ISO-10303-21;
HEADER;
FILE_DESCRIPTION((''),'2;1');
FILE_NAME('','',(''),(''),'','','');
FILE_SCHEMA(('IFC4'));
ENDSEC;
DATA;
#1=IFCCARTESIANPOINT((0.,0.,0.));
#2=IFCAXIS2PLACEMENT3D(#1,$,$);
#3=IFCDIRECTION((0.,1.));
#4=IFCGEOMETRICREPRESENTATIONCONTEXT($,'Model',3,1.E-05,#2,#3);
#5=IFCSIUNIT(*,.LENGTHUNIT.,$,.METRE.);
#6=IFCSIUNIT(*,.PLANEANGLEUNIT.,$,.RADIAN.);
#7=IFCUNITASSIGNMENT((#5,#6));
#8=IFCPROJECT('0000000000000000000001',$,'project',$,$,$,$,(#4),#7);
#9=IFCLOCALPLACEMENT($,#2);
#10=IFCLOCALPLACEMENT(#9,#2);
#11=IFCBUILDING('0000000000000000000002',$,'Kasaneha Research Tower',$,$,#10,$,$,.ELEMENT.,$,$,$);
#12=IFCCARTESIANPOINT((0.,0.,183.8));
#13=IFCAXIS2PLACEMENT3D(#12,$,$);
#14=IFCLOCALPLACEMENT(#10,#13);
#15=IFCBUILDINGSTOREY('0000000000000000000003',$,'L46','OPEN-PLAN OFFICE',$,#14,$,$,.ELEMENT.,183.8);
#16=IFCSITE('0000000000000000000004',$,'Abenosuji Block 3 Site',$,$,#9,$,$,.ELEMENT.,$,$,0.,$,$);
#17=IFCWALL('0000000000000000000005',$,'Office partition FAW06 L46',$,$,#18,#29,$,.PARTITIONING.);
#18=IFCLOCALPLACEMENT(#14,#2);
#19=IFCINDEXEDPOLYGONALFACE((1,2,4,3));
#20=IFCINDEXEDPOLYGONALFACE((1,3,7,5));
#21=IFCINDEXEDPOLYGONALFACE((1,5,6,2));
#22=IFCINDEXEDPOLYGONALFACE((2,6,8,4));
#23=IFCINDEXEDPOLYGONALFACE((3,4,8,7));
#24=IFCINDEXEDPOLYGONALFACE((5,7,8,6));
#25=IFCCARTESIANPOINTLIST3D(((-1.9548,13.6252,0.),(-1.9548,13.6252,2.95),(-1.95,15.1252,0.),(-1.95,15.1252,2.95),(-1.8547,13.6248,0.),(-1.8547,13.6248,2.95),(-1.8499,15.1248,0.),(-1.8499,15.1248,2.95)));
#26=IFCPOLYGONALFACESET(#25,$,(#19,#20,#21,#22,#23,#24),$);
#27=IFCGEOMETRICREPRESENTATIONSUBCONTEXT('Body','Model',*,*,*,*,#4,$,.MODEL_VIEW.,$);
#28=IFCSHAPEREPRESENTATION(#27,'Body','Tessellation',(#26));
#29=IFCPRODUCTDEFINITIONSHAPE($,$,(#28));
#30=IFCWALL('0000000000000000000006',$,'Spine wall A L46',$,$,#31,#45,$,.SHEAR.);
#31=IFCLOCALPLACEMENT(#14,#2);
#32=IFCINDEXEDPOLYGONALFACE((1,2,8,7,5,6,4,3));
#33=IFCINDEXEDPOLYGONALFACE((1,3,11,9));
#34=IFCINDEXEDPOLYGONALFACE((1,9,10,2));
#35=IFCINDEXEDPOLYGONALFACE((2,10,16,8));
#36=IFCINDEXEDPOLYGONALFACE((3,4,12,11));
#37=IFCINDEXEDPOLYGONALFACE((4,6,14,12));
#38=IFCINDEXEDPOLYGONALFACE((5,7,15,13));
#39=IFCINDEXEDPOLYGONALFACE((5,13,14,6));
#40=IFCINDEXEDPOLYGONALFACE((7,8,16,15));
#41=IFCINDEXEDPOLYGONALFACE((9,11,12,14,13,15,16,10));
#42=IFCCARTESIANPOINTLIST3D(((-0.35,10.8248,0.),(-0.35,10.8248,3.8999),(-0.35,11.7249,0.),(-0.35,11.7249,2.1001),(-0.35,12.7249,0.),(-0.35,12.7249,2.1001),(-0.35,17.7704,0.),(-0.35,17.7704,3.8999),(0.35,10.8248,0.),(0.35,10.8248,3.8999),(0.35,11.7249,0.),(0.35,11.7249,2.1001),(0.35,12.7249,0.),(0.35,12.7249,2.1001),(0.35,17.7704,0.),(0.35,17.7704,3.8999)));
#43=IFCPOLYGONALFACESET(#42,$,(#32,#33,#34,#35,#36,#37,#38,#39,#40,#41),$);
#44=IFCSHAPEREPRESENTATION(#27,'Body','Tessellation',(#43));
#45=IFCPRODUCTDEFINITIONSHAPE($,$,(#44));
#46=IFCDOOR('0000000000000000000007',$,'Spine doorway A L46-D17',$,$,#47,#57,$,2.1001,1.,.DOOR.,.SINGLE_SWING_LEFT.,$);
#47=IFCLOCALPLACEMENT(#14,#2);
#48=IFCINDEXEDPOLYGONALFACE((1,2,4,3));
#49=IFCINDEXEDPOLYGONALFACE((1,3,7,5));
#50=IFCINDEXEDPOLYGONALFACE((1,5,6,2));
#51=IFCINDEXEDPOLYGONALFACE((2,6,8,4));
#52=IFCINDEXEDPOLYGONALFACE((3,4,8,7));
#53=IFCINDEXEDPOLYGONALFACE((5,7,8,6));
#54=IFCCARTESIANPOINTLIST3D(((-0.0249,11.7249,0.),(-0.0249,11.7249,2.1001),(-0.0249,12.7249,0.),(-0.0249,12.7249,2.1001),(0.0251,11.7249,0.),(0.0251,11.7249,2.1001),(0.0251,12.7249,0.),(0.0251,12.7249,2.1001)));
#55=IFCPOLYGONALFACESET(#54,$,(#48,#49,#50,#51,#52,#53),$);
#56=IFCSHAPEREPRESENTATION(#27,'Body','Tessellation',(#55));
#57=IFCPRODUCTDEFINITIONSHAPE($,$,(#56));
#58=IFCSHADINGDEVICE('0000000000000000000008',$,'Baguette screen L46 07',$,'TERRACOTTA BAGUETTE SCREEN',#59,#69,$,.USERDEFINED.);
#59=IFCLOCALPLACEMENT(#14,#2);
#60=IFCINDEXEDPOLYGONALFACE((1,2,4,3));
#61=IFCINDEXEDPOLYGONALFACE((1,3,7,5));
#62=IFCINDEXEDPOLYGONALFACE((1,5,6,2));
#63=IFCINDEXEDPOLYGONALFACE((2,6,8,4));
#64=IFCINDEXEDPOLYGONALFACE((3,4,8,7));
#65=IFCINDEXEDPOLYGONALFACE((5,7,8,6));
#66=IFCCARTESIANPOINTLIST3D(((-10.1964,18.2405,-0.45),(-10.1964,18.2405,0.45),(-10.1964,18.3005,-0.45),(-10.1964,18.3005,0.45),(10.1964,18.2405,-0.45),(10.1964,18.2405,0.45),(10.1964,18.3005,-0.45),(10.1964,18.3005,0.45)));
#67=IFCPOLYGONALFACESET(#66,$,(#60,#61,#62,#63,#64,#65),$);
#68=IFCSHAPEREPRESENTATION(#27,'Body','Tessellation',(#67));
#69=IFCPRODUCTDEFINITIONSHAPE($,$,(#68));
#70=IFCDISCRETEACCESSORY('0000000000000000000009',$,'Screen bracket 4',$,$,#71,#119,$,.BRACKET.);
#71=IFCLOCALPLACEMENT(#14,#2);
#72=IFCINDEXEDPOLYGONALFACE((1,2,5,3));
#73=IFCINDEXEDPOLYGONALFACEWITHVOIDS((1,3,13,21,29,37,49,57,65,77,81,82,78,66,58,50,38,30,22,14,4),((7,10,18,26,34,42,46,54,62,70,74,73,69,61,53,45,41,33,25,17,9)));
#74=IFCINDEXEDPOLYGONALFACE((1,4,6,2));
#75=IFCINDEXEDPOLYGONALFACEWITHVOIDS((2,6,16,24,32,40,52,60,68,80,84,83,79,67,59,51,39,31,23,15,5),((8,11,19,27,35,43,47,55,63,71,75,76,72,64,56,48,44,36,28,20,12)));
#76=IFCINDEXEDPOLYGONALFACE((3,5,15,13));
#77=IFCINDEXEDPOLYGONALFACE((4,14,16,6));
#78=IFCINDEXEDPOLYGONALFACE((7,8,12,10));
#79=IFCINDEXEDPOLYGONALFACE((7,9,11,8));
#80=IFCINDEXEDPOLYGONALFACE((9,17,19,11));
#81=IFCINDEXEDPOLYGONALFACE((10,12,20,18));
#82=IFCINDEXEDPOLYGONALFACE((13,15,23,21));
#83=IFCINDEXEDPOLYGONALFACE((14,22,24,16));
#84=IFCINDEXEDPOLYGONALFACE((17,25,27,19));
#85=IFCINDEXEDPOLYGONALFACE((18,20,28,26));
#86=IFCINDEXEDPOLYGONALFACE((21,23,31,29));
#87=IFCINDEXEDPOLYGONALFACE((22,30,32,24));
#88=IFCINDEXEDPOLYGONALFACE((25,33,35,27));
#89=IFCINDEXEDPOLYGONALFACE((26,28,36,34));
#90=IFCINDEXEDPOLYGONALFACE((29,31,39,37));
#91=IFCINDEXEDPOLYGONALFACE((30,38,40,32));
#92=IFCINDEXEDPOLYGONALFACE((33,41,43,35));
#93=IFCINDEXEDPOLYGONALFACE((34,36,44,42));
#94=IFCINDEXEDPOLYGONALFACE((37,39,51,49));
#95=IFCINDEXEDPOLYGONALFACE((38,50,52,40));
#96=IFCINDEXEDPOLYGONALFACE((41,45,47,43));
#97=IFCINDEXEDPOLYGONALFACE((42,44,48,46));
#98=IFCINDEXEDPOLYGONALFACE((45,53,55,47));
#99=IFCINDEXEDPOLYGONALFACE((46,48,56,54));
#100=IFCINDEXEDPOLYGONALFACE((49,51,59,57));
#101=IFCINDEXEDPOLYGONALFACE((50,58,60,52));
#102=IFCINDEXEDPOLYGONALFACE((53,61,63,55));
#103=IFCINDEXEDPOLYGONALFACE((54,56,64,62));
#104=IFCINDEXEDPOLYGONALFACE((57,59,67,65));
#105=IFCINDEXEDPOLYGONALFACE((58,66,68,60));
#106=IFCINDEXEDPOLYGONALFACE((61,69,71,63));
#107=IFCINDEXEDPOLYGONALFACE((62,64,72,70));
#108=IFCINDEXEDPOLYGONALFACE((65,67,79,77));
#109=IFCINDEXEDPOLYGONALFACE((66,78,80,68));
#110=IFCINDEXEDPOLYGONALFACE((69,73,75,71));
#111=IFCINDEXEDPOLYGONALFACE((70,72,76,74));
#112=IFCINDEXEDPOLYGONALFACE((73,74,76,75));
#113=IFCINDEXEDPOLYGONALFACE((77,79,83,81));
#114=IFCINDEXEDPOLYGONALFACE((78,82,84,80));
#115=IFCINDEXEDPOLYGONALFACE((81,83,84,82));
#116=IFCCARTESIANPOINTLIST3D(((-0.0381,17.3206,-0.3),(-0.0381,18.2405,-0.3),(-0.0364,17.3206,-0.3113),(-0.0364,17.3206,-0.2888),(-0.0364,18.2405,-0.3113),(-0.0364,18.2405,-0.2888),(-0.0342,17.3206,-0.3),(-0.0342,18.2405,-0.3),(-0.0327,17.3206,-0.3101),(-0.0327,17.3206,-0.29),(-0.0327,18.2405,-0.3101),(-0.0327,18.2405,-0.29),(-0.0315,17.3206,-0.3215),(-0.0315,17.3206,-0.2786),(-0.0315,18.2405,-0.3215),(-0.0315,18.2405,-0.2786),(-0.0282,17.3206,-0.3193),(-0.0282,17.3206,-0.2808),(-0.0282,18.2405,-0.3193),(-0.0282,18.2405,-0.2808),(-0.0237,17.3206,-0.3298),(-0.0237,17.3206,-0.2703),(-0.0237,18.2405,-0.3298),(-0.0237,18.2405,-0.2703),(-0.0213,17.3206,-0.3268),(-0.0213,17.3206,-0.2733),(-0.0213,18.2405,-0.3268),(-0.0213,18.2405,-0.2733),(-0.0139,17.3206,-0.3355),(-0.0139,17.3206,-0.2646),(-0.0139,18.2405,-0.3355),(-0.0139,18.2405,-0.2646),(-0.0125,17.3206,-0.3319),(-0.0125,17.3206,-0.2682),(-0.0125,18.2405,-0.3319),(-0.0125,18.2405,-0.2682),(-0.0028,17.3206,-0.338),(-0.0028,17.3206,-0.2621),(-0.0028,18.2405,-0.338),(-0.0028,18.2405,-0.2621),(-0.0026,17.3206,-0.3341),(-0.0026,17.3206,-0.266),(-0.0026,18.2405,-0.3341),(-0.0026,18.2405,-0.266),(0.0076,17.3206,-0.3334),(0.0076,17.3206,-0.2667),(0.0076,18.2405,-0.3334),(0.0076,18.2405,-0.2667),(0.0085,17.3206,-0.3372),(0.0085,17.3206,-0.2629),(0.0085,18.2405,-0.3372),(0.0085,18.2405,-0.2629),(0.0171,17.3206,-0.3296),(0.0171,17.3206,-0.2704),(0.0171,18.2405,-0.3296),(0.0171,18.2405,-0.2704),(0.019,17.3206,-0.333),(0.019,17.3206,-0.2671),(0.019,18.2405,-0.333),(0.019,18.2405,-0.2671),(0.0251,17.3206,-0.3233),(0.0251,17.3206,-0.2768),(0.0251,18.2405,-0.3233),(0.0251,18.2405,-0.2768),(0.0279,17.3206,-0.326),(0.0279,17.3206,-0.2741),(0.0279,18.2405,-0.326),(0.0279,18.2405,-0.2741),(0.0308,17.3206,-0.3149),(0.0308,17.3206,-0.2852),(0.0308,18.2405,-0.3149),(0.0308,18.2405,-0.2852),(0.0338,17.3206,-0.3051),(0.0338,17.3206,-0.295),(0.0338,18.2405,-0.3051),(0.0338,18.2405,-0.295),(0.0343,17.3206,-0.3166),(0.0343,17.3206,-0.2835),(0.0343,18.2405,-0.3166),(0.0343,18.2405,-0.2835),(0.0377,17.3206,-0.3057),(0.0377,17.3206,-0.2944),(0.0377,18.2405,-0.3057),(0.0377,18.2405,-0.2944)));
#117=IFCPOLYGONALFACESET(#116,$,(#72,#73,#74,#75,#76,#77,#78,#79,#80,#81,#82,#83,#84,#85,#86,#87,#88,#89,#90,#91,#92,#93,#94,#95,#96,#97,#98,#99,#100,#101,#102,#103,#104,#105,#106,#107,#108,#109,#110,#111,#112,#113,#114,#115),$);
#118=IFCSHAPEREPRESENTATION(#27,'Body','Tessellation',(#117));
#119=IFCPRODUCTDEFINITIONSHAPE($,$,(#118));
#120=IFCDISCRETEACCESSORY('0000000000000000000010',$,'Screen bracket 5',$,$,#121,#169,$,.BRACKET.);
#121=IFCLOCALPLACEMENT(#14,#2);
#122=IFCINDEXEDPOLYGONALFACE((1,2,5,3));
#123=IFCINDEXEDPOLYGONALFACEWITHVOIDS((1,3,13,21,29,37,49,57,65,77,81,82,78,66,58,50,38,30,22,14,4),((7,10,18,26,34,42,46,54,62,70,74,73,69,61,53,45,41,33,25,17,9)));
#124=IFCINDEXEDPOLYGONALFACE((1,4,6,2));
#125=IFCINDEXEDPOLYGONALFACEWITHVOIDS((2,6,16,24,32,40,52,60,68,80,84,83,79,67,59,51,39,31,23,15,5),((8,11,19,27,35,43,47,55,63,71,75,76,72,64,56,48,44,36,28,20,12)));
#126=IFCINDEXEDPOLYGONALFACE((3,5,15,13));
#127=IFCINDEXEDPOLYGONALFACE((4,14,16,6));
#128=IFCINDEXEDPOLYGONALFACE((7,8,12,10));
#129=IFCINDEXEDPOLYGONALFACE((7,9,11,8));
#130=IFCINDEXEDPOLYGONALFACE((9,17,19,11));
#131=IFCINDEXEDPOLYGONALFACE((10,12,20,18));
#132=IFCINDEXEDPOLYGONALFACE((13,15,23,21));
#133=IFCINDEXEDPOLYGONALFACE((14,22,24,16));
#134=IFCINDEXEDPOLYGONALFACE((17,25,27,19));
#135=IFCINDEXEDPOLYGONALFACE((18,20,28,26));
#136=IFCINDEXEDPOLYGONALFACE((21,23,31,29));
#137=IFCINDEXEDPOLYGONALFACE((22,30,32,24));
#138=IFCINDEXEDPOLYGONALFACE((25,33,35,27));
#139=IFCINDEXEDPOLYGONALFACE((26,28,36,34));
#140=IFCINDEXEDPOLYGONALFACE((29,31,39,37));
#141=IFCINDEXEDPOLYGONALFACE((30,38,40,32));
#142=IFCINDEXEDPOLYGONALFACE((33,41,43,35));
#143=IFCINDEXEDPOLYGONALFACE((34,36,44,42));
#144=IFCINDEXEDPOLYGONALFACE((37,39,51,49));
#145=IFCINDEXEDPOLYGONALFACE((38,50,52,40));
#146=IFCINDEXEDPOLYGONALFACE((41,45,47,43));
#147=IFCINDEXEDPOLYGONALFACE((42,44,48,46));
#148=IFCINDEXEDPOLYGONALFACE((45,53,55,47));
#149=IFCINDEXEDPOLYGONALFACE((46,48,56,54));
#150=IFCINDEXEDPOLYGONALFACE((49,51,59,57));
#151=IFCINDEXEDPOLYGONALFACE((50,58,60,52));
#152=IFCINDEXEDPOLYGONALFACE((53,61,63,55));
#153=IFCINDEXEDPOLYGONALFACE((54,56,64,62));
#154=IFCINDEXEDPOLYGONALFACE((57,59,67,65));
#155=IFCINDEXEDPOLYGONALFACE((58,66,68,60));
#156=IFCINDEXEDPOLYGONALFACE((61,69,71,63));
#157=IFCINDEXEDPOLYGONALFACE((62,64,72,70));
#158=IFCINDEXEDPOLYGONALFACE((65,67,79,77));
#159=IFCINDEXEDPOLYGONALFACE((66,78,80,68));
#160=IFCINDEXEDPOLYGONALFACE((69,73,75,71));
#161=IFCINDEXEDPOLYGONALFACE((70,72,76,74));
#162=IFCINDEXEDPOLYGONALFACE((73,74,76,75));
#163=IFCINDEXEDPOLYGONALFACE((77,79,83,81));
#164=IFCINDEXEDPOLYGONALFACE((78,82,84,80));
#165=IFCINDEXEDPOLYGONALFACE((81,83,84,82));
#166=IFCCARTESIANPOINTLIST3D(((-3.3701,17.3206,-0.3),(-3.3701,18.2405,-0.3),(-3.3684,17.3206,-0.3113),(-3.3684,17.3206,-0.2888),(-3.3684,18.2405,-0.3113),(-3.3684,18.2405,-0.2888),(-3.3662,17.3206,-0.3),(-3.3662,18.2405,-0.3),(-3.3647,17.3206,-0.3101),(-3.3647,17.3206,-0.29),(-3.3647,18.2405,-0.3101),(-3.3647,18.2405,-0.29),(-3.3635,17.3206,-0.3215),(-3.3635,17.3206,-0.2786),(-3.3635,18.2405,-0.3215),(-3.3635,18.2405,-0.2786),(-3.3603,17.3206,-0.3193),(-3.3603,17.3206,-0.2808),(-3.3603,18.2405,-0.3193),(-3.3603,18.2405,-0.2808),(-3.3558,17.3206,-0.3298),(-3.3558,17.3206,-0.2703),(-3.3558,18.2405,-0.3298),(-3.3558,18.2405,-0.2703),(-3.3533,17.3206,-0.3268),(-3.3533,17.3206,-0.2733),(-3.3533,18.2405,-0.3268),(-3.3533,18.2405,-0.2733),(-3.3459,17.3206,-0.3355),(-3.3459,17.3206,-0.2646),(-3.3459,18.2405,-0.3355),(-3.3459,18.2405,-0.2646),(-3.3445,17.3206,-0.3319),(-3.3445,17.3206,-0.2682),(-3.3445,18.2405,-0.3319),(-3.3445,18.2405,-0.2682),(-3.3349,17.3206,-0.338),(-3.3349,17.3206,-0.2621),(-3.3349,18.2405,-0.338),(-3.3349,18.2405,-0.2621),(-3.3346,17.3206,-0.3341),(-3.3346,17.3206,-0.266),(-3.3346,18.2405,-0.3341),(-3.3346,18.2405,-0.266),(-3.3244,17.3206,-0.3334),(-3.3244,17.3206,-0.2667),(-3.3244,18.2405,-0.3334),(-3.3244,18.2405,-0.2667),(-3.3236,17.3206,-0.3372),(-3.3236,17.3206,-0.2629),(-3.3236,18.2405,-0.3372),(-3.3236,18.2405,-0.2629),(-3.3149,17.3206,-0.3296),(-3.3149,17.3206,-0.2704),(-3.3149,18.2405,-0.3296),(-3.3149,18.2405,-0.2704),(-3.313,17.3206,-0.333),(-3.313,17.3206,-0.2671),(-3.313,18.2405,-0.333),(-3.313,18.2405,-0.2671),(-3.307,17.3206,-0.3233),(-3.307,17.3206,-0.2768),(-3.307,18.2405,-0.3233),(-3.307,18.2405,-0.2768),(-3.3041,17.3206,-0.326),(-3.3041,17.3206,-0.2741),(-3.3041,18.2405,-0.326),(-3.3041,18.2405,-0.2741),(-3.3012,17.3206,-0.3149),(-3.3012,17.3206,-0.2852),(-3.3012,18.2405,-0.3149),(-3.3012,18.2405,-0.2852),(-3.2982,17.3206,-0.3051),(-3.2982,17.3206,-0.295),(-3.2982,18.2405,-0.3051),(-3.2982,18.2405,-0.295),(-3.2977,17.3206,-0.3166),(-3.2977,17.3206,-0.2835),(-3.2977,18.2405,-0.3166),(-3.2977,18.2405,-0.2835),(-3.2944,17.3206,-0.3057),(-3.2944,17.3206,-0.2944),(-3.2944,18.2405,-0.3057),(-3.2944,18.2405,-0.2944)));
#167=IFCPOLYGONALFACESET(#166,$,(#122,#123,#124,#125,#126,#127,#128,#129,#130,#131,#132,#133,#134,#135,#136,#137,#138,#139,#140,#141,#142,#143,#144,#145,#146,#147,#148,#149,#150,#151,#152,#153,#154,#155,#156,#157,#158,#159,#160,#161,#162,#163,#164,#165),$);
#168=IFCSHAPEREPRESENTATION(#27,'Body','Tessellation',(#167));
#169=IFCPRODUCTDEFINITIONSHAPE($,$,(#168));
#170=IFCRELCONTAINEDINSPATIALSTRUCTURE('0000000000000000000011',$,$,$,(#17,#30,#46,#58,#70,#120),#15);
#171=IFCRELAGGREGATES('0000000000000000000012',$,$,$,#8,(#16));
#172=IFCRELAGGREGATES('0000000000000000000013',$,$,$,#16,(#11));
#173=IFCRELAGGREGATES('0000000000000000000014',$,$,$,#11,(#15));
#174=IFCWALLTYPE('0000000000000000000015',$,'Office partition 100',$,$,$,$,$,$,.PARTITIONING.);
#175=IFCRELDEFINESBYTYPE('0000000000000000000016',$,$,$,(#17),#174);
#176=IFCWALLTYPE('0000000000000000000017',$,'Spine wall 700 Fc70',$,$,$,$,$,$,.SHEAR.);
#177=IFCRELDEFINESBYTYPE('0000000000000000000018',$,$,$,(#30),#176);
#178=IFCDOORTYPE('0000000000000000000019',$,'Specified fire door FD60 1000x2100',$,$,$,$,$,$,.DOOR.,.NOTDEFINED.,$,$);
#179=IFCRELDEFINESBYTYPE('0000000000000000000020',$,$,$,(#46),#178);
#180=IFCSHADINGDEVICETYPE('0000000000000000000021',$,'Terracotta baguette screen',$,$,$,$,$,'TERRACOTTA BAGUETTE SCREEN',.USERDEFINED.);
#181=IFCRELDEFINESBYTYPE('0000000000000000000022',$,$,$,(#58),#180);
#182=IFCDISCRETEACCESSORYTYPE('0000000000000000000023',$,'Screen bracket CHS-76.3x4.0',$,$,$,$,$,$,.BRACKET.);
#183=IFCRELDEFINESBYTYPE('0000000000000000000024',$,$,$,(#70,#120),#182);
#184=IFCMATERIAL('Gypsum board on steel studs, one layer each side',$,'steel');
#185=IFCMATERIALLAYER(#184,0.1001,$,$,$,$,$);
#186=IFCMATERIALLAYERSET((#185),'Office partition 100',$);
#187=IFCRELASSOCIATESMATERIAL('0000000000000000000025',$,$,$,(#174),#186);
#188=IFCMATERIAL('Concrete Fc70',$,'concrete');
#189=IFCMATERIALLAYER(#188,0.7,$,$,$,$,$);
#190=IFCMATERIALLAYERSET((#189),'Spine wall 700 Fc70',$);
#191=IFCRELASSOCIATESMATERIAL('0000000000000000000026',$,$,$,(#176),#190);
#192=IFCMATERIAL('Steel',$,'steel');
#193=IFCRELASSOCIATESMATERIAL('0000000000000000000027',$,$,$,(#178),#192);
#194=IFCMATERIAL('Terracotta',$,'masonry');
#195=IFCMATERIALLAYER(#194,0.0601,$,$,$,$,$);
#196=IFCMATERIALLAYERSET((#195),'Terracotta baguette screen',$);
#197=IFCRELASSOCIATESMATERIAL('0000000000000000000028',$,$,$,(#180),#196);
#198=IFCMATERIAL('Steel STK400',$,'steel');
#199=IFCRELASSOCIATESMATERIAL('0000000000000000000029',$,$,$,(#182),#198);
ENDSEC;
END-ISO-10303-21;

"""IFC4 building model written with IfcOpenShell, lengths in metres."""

from ifc_helpers import new_model, si_unit, direction, frame, frame_2d, origin, origin_2d, place, context, subcontext, project, spatial, rectangle, hollow_circle, extrude, material, layer, layer_set, material_profile, profile_set, type_object, element, fill, save


model = new_model("IFC4")

# Units and contexts
model_context = context("Model", 3, precision=1e-05, world=origin(), true_north=direction((0.0, 1.0)))
body_context = subcontext(model_context, "Body", "Model", "MODEL_VIEW")
ifc_project = project(units=[si_unit("LENGTHUNIT", "METRE"), si_unit("PLANEANGLEUNIT", "RADIAN")], contexts=[model_context])

# Site, building, storey
site_placement = place(None, origin())
site = spatial("IfcSite", under=ifc_project, at=site_placement, Name="Abenosuji Block 3 Site", CompositionType="ELEMENT", RefElevation=0.0)
building_placement = place(site_placement, origin())
building = spatial("IfcBuilding", under=site, at=building_placement, Name="Kasaneha Research Tower", CompositionType="ELEMENT")
storey_placement = place(building_placement, frame((0.0, 0.0, 183.8)))
storey = spatial("IfcBuildingStorey", under=building, at=storey_placement, Name="L46", Description="OPEN-PLAN OFFICE", CompositionType="ELEMENT", Elevation=183.8)

# Shared definitions
ifc_material_1 = material(Name="Gypsum board on steel studs, one layer each side", Category="steel")
ifc_layer_1 = layer(ifc_material_1, 0.1001)
ifc_layer_set_1 = layer_set([ifc_layer_1], Name="Office partition 100")
wall_type_1 = type_object("IfcWallType", Name="Office partition 100", PredefinedType="PARTITIONING", material=ifc_layer_set_1)

# Wall
for number, where, z_axis, x_axis, name in (
    (1, (-1.8999, 15.125, 0.0), (0.0, 0.0, 1.0), (-0.003255, -0.999995, 0.0), "Office partition FAW06 L46"),
):
    element("IfcWall", number, at=place(storey_placement, frame(where, z_axis=z_axis, x_axis=x_axis)), inside=storey, type_object=wall_type_1, Name=name, PredefinedType="PARTITIONING", context=body_context, shape_type="SweptSolid", body=[
        extrude(rectangle(XDim=1.5, YDim=0.1001, at=frame_2d((0.75, 0.0))), origin(), (0.0, 0.0, 1.0), 2.95),
    ])

# Wall, opening, door
ifc_material_2 = material(Name="Concrete Fc70", Category="concrete")
ifc_layer_2 = layer(ifc_material_2, 0.7)
ifc_layer_set_2 = layer_set([ifc_layer_2], Name="Spine wall 700 Fc70")
wall_type_2 = type_object("IfcWallType", Name="Spine wall 700 Fc70", PredefinedType="SHEAR", material=ifc_layer_set_2)
wall_1_placement = place(storey_placement, frame((0.0, 10.825, 0.0), z_axis=(0.0, 0.0, 1.0), x_axis=(0.0, 1.0, 0.0)))
wall_1 = element("IfcWall", 2, at=wall_1_placement, inside=storey, type_object=wall_type_2, Name="Spine wall A L46", PredefinedType="SHEAR", context=body_context, shape_type="SweptSolid", body=[
    extrude(rectangle(XDim=6.9456, YDim=0.7, at=frame_2d((3.4727, 0.0))), origin(), (0.0, 0.0, 1.0), 3.8999),
])
opening_1_placement = place(wall_1_placement, frame((0.8999, 0.0, 0.0)))
opening_1 = element("IfcOpeningElement", 3, at=opening_1_placement, cuts=wall_1, PredefinedType="OPENING", context=body_context, shape_type="SweptSolid", body=[
    extrude(rectangle(XDim=1.0, YDim=2.1001, at=frame_2d((0.5, 1.05))), frame((0.0, 0.3599, 0.0), z_axis=(0.0, -1.0, 0.0), x_axis=(1.0, 0.0, 0.0)), (0.0, 0.0, 1.0), 0.72),
])
ifc_material_3 = material(Name="Steel", Category="steel")
door_type_1 = type_object("IfcDoorType", Name="Specified fire door FD60 1000x2100", OperationType="NOTDEFINED", PredefinedType="DOOR", material=ifc_material_3)
door_1_placement = place(opening_1_placement, origin())
door_1 = element("IfcDoor", 4, at=door_1_placement, inside=storey, type_object=door_type_1, Name="Spine doorway A L46-D17", OperationType="SINGLE_SWING_LEFT", OverallHeight=2.1001, OverallWidth=1.0, PredefinedType="DOOR", context=body_context, shape_type="SweptSolid", body=[
    extrude(rectangle(XDim=1.0, YDim=2.1001, at=frame_2d((0.5, 1.05))), frame((0.0, 0.0249, 0.0), z_axis=(0.0, -1.0, 0.0), x_axis=(1.0, 0.0, 0.0)), (0.0, 0.0, 1.0), 0.05),
])
fill(opening_1, door_1)

# Shading device
ifc_material_4 = material(Name="Terracotta", Category="masonry")
ifc_layer_3 = layer(ifc_material_4, 0.0601)
ifc_layer_set_3 = layer_set([ifc_layer_3], Name="Terracotta baguette screen")
shading_device_type = type_object("IfcShadingDeviceType", Name="Terracotta baguette screen", ElementType="TERRACOTTA BAGUETTE SCREEN", PredefinedType="USERDEFINED", material=ifc_layer_set_3)
shading_device_placement = place(storey_placement, frame((0.0, 18.2705, -0.45), z_axis=(0.0, 0.0, 1.0), x_axis=(-1.0, 0.0, 0.0)))
element("IfcShadingDevice", 5, at=shading_device_placement, inside=storey, type_object=shading_device_type, Name="Baguette screen L46 07", ObjectType="TERRACOTTA BAGUETTE SCREEN", PredefinedType="USERDEFINED", context=body_context, shape_type="SweptSolid", body=[
    extrude(rectangle(XDim=20.3928, YDim=0.0601, at=origin_2d()), origin(), (0.0, 0.0, 1.0), 0.8999),
])

# Discrete accessories
ifc_material_5 = material(Name="Steel STK400", Category="steel")
ifc_material_profile_1 = material_profile(ifc_material_5, hollow_circle(Radius=0.0381, WallThickness=0.0039, at=origin_2d()), Name="CHS-76.3x4.0")
ifc_profile_set_1 = profile_set([ifc_material_profile_1], Name="Steel STK400")
discrete_accessory_type = type_object("IfcDiscreteAccessoryType", Name="Screen bracket CHS-76.3x4.0", PredefinedType="BRACKET", material=ifc_profile_set_1)
for number, where, z_axis, x_axis, name in (
    (6, (0.0, 17.3206, -0.3), (0.0, 1.0, 0.0), (-1.0, 0.0, 0.0), "Screen bracket 4"),
    (7, (-3.332, 17.3206, -0.3), (0.0, 1.0, 0.0), (-1.0, 0.0, 0.0), "Screen bracket 5"),
):
    element("IfcDiscreteAccessory", number, at=place(storey_placement, frame(where, z_axis=z_axis, x_axis=x_axis)), inside=storey, type_object=discrete_accessory_type, Name=name, PredefinedType="BRACKET", context=body_context, shape_type="SweptSolid", body=[
        extrude(hollow_circle(Radius=0.0381, WallThickness=0.0039, at=origin_2d()), origin(), (0.0, 0.0, 1.0), 0.9199),
    ])

save(model, "model.ifc")
